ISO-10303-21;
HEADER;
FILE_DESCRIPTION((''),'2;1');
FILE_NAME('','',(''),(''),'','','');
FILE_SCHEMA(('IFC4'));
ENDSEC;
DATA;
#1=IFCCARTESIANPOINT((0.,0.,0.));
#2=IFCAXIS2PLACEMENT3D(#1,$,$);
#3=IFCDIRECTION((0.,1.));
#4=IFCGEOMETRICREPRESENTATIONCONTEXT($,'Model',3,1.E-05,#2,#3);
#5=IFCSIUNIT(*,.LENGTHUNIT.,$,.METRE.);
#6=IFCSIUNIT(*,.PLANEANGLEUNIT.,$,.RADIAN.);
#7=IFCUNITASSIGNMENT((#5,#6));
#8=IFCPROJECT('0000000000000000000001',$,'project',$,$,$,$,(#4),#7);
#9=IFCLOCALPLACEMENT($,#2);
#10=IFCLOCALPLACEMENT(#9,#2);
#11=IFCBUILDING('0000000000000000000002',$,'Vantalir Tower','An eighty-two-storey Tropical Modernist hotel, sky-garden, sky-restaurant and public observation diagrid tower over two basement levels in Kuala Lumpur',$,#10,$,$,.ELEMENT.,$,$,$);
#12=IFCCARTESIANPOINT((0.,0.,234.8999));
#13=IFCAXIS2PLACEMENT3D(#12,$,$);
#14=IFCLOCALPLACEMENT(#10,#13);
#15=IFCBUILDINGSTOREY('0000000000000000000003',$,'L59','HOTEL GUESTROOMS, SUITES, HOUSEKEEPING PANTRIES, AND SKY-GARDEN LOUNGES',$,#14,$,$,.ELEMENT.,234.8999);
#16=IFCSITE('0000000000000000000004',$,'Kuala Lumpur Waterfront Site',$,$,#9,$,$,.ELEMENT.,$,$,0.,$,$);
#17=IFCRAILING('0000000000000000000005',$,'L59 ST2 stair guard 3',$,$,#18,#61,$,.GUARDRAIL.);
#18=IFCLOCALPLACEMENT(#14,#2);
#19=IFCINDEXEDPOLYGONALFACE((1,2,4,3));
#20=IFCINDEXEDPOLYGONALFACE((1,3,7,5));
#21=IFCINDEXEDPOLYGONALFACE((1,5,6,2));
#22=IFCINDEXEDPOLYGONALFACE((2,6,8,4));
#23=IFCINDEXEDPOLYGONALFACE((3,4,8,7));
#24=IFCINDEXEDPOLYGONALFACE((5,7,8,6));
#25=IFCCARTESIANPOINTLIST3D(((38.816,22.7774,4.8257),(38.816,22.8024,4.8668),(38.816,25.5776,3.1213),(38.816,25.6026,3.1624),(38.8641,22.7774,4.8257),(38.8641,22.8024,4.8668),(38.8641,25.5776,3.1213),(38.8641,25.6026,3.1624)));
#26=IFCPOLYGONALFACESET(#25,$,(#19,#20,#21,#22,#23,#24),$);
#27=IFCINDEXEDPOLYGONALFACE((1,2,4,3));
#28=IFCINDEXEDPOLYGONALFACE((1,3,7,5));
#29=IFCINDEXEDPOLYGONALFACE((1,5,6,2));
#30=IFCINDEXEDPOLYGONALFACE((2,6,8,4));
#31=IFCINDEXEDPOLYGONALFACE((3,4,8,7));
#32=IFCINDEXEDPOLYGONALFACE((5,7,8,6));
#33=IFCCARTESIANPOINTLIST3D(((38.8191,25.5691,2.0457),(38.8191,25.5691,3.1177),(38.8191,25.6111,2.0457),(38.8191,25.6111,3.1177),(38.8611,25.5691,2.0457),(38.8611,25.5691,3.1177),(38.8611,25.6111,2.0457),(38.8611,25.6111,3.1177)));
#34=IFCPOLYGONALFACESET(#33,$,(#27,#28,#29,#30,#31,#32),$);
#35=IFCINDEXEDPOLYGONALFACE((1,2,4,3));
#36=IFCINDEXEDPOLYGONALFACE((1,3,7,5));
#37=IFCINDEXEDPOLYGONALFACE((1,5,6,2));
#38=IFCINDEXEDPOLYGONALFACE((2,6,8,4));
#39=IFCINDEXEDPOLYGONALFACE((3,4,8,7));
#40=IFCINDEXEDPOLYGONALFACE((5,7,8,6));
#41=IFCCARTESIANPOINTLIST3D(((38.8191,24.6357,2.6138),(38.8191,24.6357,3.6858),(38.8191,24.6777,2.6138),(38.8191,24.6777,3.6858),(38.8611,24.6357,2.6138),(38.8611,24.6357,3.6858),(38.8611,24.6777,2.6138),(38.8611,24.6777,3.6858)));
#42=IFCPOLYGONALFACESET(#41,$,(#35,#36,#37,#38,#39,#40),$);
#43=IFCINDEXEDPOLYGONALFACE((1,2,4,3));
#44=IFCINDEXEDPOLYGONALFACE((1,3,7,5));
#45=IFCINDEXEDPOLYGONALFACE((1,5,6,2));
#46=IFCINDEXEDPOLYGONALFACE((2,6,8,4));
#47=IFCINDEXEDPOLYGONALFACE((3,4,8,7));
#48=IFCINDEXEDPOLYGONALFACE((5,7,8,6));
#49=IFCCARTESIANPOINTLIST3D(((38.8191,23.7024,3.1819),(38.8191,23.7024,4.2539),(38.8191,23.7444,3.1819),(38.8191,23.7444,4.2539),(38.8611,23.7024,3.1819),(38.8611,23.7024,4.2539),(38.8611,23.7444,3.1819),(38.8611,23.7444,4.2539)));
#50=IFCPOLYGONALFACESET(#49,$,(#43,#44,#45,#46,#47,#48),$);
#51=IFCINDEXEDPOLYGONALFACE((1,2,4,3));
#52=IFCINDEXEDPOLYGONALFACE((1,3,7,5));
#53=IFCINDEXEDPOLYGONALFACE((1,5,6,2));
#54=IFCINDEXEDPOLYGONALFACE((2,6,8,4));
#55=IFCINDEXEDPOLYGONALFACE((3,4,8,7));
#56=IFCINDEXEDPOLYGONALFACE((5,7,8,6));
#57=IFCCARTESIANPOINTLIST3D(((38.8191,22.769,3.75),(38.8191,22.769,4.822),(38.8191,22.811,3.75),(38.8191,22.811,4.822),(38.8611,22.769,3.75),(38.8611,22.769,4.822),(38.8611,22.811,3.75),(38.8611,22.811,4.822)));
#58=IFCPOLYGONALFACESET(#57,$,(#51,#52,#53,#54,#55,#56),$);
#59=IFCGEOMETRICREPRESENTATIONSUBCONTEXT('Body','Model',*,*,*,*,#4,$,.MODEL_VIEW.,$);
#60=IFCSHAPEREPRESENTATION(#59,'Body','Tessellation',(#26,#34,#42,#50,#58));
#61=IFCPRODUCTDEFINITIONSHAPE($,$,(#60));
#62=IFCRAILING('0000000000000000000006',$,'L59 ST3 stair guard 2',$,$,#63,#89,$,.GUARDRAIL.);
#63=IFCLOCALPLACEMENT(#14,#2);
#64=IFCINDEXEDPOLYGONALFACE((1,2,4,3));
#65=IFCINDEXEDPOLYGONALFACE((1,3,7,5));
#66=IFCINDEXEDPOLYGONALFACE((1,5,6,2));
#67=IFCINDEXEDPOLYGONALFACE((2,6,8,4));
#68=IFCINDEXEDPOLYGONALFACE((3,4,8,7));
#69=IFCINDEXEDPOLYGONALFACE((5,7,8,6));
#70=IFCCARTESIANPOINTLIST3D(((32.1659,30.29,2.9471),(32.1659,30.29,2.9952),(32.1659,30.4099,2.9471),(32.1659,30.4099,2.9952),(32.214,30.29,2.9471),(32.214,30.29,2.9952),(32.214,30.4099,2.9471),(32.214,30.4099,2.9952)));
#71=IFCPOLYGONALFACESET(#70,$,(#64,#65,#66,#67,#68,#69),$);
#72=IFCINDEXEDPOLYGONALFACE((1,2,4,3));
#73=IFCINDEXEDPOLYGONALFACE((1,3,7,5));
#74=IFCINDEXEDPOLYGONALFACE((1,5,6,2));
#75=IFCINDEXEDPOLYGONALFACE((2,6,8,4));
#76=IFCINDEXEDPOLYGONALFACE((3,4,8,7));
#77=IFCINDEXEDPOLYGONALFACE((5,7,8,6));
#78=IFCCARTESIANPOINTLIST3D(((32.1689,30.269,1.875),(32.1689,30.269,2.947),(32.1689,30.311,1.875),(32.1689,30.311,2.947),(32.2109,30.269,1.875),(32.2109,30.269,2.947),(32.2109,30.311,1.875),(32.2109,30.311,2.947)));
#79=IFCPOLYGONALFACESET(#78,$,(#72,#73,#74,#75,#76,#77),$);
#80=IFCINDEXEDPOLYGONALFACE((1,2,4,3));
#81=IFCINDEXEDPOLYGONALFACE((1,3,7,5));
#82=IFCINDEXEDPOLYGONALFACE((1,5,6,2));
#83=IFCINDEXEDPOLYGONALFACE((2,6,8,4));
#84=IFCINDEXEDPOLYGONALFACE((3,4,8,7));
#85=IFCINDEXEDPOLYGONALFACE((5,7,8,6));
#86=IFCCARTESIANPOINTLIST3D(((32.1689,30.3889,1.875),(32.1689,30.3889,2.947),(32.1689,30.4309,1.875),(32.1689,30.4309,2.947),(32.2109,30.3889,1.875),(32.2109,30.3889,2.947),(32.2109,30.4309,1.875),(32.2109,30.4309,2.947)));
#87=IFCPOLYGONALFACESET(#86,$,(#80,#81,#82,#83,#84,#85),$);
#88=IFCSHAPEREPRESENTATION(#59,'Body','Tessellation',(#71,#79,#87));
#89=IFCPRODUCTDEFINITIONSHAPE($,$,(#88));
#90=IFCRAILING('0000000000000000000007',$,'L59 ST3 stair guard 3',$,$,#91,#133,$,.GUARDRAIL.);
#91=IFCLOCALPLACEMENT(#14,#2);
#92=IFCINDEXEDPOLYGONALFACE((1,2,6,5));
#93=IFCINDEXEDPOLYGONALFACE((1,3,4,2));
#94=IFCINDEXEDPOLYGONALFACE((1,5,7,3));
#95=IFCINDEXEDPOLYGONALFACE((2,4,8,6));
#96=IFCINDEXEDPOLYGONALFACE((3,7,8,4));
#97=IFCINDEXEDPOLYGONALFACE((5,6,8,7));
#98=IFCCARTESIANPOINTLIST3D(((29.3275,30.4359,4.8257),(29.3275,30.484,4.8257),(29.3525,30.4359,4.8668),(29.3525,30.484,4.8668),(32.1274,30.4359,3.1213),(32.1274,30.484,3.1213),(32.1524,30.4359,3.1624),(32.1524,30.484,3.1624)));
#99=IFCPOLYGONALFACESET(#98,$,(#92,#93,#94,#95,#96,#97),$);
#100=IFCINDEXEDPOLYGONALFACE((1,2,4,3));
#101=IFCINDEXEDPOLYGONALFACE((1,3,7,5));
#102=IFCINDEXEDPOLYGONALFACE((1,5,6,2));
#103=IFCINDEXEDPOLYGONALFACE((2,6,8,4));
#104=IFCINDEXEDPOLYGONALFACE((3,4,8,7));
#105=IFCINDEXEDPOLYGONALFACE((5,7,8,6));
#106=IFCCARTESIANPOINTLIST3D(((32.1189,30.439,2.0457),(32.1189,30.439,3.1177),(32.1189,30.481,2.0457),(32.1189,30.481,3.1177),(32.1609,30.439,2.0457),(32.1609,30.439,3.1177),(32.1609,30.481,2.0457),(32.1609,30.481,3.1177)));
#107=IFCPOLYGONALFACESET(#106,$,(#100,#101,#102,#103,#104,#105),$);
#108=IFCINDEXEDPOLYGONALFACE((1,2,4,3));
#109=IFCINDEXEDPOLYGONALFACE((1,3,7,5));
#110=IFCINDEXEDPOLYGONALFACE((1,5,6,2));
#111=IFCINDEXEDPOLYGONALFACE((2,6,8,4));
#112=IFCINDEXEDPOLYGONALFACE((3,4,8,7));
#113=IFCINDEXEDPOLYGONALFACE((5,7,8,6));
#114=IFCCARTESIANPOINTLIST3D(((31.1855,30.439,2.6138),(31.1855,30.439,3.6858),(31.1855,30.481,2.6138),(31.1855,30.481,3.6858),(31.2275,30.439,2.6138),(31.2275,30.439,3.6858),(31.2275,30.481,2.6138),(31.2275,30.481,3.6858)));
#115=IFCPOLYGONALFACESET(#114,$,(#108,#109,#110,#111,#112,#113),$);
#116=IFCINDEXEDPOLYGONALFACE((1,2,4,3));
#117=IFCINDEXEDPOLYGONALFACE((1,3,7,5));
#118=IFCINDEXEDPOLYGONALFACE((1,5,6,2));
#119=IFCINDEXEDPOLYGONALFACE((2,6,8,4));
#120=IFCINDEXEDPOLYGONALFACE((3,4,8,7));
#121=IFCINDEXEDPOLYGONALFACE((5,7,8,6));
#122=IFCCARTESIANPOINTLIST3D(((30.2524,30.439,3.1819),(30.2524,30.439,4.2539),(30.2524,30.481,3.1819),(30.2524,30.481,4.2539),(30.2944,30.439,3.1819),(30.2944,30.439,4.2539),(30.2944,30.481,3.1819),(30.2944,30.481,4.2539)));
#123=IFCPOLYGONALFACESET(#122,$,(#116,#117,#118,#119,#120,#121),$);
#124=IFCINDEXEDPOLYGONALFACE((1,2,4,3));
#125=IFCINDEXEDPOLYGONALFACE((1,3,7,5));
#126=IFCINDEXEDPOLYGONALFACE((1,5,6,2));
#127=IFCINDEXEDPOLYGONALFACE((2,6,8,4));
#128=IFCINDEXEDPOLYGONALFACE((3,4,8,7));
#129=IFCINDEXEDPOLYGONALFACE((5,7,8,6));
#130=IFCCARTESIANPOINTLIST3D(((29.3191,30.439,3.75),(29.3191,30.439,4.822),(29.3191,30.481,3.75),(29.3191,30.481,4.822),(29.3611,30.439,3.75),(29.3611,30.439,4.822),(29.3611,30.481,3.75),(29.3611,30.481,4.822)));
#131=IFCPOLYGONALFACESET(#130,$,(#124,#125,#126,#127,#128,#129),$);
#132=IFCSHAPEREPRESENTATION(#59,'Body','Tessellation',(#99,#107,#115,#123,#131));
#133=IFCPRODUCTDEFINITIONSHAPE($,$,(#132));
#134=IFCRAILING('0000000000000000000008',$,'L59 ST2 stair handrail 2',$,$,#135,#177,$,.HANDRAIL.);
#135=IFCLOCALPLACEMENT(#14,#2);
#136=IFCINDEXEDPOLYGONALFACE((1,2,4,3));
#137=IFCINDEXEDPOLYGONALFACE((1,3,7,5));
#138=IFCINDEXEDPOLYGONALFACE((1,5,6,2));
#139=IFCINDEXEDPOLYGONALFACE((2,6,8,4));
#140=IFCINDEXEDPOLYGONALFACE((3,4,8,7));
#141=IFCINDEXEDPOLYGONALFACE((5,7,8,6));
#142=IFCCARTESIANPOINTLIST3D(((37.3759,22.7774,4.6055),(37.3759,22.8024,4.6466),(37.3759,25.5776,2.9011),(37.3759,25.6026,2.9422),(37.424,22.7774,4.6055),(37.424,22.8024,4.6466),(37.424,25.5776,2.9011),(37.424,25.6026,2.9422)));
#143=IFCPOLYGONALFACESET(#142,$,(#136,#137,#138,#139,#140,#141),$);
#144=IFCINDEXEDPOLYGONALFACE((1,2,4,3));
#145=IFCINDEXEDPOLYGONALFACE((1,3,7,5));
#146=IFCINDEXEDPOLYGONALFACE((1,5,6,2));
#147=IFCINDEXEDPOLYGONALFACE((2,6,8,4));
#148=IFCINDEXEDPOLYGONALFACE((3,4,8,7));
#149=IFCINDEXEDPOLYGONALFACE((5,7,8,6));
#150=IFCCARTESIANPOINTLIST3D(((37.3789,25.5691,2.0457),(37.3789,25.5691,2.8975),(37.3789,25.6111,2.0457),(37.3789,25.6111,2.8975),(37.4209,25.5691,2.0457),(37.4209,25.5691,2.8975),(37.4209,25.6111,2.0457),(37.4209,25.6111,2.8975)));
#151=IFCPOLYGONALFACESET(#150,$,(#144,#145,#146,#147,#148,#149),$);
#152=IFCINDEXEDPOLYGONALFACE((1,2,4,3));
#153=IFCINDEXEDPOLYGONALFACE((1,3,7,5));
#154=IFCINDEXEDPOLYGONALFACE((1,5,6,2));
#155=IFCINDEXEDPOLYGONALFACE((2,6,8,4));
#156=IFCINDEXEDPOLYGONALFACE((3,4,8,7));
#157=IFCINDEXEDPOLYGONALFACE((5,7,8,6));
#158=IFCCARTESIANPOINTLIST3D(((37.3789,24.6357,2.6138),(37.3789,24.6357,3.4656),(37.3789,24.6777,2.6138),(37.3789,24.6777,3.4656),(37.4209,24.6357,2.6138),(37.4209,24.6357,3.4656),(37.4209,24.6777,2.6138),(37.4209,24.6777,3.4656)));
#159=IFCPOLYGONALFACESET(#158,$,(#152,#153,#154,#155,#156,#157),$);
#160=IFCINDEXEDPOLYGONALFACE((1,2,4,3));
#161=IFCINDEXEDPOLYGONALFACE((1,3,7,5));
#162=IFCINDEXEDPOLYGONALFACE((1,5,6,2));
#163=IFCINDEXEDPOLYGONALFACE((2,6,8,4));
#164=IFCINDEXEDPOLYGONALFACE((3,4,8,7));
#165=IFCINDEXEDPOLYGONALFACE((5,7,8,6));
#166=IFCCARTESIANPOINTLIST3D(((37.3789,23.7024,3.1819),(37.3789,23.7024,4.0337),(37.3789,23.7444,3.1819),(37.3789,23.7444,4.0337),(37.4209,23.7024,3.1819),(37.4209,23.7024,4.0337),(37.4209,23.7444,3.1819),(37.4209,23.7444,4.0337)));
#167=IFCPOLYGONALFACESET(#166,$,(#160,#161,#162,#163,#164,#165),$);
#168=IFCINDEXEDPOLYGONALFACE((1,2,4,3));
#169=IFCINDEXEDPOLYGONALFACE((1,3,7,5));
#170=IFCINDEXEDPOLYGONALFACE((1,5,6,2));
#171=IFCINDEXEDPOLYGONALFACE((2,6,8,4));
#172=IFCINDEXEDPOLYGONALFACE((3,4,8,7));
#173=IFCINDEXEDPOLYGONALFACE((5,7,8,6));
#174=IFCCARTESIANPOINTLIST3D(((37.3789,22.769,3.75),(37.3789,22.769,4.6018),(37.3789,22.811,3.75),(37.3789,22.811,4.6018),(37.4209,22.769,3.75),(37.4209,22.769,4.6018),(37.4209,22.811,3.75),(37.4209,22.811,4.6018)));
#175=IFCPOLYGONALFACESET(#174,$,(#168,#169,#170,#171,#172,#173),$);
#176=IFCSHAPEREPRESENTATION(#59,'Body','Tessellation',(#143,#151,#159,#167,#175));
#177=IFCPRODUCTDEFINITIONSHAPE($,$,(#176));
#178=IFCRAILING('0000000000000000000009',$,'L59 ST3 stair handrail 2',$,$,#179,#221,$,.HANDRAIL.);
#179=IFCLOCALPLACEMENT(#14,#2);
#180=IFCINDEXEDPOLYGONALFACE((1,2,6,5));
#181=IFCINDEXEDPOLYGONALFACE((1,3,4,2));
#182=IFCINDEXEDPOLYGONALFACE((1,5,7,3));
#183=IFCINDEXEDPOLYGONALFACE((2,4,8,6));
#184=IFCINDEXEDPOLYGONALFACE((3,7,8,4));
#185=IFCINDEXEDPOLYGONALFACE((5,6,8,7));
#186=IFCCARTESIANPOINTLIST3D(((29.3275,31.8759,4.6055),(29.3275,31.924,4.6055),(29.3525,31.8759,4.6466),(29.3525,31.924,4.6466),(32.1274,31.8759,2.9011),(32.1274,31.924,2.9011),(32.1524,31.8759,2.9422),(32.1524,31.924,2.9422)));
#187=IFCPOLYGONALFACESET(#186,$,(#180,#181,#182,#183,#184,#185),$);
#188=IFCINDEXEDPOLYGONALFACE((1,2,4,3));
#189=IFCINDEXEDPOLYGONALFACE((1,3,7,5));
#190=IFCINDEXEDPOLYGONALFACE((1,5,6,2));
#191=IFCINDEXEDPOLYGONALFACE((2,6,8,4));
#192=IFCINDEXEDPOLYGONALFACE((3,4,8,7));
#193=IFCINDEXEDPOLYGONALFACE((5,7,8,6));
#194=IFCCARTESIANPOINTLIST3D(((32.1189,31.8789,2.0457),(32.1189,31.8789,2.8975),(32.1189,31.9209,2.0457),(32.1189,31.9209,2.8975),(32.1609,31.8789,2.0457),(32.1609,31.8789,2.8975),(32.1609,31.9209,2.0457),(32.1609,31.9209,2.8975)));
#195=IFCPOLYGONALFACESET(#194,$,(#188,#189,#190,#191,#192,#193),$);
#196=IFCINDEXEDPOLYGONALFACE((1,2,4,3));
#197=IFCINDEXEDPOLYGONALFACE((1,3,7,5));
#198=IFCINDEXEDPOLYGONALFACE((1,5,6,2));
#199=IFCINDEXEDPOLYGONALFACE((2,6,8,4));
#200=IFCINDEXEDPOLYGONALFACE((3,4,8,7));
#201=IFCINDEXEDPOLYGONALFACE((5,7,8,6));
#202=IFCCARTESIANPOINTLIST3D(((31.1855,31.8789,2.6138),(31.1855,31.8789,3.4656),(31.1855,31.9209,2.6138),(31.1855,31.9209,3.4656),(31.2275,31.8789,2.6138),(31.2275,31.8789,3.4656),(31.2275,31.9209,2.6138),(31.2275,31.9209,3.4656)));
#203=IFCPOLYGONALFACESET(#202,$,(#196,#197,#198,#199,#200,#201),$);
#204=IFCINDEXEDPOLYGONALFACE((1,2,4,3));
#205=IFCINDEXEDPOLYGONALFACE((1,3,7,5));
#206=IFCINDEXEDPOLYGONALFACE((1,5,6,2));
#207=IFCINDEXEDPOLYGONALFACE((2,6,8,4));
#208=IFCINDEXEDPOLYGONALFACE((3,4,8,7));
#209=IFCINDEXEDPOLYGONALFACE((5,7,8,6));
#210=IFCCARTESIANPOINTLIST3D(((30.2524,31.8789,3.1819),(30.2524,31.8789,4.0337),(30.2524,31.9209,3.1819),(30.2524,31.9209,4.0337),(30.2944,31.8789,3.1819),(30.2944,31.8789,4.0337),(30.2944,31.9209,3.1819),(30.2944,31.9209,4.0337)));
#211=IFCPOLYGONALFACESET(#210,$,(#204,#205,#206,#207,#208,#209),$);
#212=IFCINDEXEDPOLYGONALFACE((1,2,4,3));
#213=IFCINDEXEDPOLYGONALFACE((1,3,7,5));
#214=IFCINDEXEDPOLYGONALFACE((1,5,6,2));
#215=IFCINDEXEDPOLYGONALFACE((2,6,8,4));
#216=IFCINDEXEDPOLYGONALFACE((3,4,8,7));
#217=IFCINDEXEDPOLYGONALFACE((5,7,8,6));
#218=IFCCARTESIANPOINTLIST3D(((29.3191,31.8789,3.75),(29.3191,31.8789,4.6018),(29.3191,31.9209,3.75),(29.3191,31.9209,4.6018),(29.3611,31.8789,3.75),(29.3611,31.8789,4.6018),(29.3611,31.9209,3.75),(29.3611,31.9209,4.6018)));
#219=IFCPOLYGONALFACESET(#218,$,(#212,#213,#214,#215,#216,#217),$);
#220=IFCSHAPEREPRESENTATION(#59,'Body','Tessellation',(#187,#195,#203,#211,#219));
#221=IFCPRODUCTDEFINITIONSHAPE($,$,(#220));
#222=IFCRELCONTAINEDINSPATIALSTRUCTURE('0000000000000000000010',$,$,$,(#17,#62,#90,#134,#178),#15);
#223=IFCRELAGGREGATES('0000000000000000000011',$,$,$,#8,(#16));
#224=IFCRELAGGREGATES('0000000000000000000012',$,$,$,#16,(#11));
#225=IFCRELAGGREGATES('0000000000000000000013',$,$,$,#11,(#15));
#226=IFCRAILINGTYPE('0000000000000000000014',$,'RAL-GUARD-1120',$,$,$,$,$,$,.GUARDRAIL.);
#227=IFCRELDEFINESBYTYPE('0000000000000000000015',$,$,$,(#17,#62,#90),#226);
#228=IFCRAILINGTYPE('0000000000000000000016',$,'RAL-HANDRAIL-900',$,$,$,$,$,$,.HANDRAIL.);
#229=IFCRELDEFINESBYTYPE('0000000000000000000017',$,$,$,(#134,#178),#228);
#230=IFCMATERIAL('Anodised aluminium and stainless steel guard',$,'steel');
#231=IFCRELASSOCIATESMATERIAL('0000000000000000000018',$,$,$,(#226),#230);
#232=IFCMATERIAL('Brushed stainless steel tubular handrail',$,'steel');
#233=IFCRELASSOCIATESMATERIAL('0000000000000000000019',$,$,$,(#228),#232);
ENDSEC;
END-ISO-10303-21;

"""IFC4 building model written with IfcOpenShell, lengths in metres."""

from ifc_helpers import new_model, si_unit, direction, frame, origin, origin_2d, place, context, subcontext, project, spatial, rectangle, extrude, material, type_object, element, save


model = new_model("IFC4")

# Units and contexts
model_context = context("Model", 3, precision=1e-05, world=origin(), true_north=direction((0.0, 1.0)))
body_context = subcontext(model_context, "Body", "Model", "MODEL_VIEW")
ifc_project = project(units=[si_unit("LENGTHUNIT", "METRE"), si_unit("PLANEANGLEUNIT", "RADIAN")], contexts=[model_context])

# Site, building, storey
site_placement = place(None, origin())
site = spatial("IfcSite", under=ifc_project, at=site_placement, Name="Kuala Lumpur Waterfront Site", CompositionType="ELEMENT", RefElevation=0.0)
building_placement = place(site_placement, origin())
building = spatial("IfcBuilding", under=site, at=building_placement, Name="Vantalir Tower", Description="An eighty-two-storey Tropical Modernist hotel, sky-garden, sky-restaurant and public observation diagrid tower over two basement levels in Kuala Lumpur", CompositionType="ELEMENT")
storey_placement = place(building_placement, frame((0.0, 0.0, 234.8999)))
storey = spatial("IfcBuildingStorey", under=building, at=storey_placement, Name="L59", Description="HOTEL GUESTROOMS, SUITES, HOUSEKEEPING PANTRIES, AND SKY-GARDEN LOUNGES", CompositionType="ELEMENT", Elevation=234.8999)

# Railings
ifc_material_1 = material(Name="Anodised aluminium and stainless steel guard", Category="steel")
railing_type_1 = type_object("IfcRailingType", Name="RAL-GUARD-1120", PredefinedType="GUARDRAIL", material=ifc_material_1)
railing_1_placement = place(storey_placement, frame((38.8401, 25.5901, 2.0457)))
element("IfcRailing", 1, at=railing_1_placement, inside=storey, type_object=railing_type_1, Name="L59 ST2 stair guard 3", PredefinedType="GUARDRAIL", context=body_context, shape_type="SweptSolid", body=[
    extrude(rectangle(XDim=0.0481, YDim=0.0481, at=origin_2d()), frame((0.0, 0.0, 1.0962), z_axis=(0.0, -0.854203, 0.51994), x_axis=(1.0, 0.0, 0.0)), (0.0, 0.0, 1.0), 3.2781),
    extrude(rectangle(XDim=0.042, YDim=0.042, at=origin_2d()), origin(), (0.0, 0.0, 1.0), 1.072),
    extrude(rectangle(XDim=0.042, YDim=0.042, at=origin_2d()), frame((0.0, -0.9333, 0.5681)), (0.0, 0.0, 1.0), 1.072),
    extrude(rectangle(XDim=0.042, YDim=0.042, at=origin_2d()), frame((0.0, -1.8667, 1.1362)), (0.0, 0.0, 1.0), 1.072),
    extrude(rectangle(XDim=0.042, YDim=0.042, at=origin_2d()), frame((0.0, -2.8, 1.7043)), (0.0, 0.0, 1.0), 1.072),
])
railing_2_placement = place(storey_placement, frame((32.1899, 30.29, 1.875)))
element("IfcRailing", 2, at=railing_2_placement, inside=storey, type_object=railing_type_1, Name="L59 ST3 stair guard 2", PredefinedType="GUARDRAIL", context=body_context, shape_type="SweptSolid", body=[
    extrude(rectangle(XDim=0.0481, YDim=0.0481, at=origin_2d()), frame((0.0, 0.0, 1.0962), z_axis=(0.0, 1.0, 0.0), x_axis=(-1.0, 0.0, 0.0)), (0.0, 0.0, 1.0), 0.1199),
    extrude(rectangle(XDim=0.042, YDim=0.042, at=origin_2d()), origin(), (0.0, 0.0, 1.0), 1.072),
    extrude(rectangle(XDim=0.042, YDim=0.042, at=origin_2d()), frame((0.0, 0.1199, 0.0)), (0.0, 0.0, 1.0), 1.072),
])
railing_3_placement = place(storey_placement, frame((32.1399, 30.46, 2.0457)))
element("IfcRailing", 3, at=railing_3_placement, inside=storey, type_object=railing_type_1, Name="L59 ST3 stair guard 3", PredefinedType="GUARDRAIL", context=body_context, shape_type="SweptSolid", body=[
    extrude(rectangle(XDim=0.0481, YDim=0.0481, at=origin_2d()), frame((0.0, 0.0, 1.0962), z_axis=(-0.854183, 0.0, 0.519973), x_axis=(0.0, -1.0, 0.0)), (0.0, 0.0, 1.0), 3.2778),
    extrude(rectangle(XDim=0.042, YDim=0.042, at=origin_2d()), origin(), (0.0, 0.0, 1.0), 1.072),
    extrude(rectangle(XDim=0.042, YDim=0.042, at=origin_2d()), frame((-0.9333, 0.0, 0.5681)), (0.0, 0.0, 1.0), 1.072),
    extrude(rectangle(XDim=0.042, YDim=0.042, at=origin_2d()), frame((-1.8665, 0.0, 1.1362)), (0.0, 0.0, 1.0), 1.072),
    extrude(rectangle(XDim=0.042, YDim=0.042, at=origin_2d()), frame((-2.7998, 0.0, 1.7043)), (0.0, 0.0, 1.0), 1.072),
])
ifc_material_2 = material(Name="Brushed stainless steel tubular handrail", Category="steel")
railing_type_2 = type_object("IfcRailingType", Name="RAL-HANDRAIL-900", PredefinedType="HANDRAIL", material=ifc_material_2)
railing_4_placement = place(storey_placement, frame((37.3999, 25.5901, 2.0457)))
element("IfcRailing", 4, at=railing_4_placement, inside=storey, type_object=railing_type_2, Name="L59 ST2 stair handrail 2", PredefinedType="HANDRAIL", context=body_context, shape_type="SweptSolid", body=[
    extrude(rectangle(XDim=0.0481, YDim=0.0481, at=origin_2d()), frame((0.0, 0.0, 0.876), z_axis=(0.0, -0.854203, 0.51994), x_axis=(1.0, 0.0, 0.0)), (0.0, 0.0, 1.0), 3.2781),
    extrude(rectangle(XDim=0.042, YDim=0.042, at=origin_2d()), origin(), (0.0, 0.0, 1.0), 0.8518),
    extrude(rectangle(XDim=0.042, YDim=0.042, at=origin_2d()), frame((0.0, -0.9333, 0.5681)), (0.0, 0.0, 1.0), 0.8518),
    extrude(rectangle(XDim=0.042, YDim=0.042, at=origin_2d()), frame((0.0, -1.8667, 1.1362)), (0.0, 0.0, 1.0), 0.8518),
    extrude(rectangle(XDim=0.042, YDim=0.042, at=origin_2d()), frame((0.0, -2.8, 1.7043)), (0.0, 0.0, 1.0), 0.8518),
])
railing_5_placement = place(storey_placement, frame((32.1399, 31.8999, 2.0457)))
element("IfcRailing", 5, at=railing_5_placement, inside=storey, type_object=railing_type_2, Name="L59 ST3 stair handrail 2", PredefinedType="HANDRAIL", context=body_context, shape_type="SweptSolid", body=[
    extrude(rectangle(XDim=0.0481, YDim=0.0481, at=origin_2d()), frame((0.0, 0.0, 0.876), z_axis=(-0.854183, 0.0, 0.519973), x_axis=(0.0, -1.0, 0.0)), (0.0, 0.0, 1.0), 3.2778),
    extrude(rectangle(XDim=0.042, YDim=0.042, at=origin_2d()), origin(), (0.0, 0.0, 1.0), 0.8518),
    extrude(rectangle(XDim=0.042, YDim=0.042, at=origin_2d()), frame((-0.9333, 0.0, 0.5681)), (0.0, 0.0, 1.0), 0.8518),
    extrude(rectangle(XDim=0.042, YDim=0.042, at=origin_2d()), frame((-1.8665, 0.0, 1.1362)), (0.0, 0.0, 1.0), 0.8518),
    extrude(rectangle(XDim=0.042, YDim=0.042, at=origin_2d()), frame((-2.7998, 0.0, 1.7043)), (0.0, 0.0, 1.0), 0.8518),
])

save(model, "model.ifc")
